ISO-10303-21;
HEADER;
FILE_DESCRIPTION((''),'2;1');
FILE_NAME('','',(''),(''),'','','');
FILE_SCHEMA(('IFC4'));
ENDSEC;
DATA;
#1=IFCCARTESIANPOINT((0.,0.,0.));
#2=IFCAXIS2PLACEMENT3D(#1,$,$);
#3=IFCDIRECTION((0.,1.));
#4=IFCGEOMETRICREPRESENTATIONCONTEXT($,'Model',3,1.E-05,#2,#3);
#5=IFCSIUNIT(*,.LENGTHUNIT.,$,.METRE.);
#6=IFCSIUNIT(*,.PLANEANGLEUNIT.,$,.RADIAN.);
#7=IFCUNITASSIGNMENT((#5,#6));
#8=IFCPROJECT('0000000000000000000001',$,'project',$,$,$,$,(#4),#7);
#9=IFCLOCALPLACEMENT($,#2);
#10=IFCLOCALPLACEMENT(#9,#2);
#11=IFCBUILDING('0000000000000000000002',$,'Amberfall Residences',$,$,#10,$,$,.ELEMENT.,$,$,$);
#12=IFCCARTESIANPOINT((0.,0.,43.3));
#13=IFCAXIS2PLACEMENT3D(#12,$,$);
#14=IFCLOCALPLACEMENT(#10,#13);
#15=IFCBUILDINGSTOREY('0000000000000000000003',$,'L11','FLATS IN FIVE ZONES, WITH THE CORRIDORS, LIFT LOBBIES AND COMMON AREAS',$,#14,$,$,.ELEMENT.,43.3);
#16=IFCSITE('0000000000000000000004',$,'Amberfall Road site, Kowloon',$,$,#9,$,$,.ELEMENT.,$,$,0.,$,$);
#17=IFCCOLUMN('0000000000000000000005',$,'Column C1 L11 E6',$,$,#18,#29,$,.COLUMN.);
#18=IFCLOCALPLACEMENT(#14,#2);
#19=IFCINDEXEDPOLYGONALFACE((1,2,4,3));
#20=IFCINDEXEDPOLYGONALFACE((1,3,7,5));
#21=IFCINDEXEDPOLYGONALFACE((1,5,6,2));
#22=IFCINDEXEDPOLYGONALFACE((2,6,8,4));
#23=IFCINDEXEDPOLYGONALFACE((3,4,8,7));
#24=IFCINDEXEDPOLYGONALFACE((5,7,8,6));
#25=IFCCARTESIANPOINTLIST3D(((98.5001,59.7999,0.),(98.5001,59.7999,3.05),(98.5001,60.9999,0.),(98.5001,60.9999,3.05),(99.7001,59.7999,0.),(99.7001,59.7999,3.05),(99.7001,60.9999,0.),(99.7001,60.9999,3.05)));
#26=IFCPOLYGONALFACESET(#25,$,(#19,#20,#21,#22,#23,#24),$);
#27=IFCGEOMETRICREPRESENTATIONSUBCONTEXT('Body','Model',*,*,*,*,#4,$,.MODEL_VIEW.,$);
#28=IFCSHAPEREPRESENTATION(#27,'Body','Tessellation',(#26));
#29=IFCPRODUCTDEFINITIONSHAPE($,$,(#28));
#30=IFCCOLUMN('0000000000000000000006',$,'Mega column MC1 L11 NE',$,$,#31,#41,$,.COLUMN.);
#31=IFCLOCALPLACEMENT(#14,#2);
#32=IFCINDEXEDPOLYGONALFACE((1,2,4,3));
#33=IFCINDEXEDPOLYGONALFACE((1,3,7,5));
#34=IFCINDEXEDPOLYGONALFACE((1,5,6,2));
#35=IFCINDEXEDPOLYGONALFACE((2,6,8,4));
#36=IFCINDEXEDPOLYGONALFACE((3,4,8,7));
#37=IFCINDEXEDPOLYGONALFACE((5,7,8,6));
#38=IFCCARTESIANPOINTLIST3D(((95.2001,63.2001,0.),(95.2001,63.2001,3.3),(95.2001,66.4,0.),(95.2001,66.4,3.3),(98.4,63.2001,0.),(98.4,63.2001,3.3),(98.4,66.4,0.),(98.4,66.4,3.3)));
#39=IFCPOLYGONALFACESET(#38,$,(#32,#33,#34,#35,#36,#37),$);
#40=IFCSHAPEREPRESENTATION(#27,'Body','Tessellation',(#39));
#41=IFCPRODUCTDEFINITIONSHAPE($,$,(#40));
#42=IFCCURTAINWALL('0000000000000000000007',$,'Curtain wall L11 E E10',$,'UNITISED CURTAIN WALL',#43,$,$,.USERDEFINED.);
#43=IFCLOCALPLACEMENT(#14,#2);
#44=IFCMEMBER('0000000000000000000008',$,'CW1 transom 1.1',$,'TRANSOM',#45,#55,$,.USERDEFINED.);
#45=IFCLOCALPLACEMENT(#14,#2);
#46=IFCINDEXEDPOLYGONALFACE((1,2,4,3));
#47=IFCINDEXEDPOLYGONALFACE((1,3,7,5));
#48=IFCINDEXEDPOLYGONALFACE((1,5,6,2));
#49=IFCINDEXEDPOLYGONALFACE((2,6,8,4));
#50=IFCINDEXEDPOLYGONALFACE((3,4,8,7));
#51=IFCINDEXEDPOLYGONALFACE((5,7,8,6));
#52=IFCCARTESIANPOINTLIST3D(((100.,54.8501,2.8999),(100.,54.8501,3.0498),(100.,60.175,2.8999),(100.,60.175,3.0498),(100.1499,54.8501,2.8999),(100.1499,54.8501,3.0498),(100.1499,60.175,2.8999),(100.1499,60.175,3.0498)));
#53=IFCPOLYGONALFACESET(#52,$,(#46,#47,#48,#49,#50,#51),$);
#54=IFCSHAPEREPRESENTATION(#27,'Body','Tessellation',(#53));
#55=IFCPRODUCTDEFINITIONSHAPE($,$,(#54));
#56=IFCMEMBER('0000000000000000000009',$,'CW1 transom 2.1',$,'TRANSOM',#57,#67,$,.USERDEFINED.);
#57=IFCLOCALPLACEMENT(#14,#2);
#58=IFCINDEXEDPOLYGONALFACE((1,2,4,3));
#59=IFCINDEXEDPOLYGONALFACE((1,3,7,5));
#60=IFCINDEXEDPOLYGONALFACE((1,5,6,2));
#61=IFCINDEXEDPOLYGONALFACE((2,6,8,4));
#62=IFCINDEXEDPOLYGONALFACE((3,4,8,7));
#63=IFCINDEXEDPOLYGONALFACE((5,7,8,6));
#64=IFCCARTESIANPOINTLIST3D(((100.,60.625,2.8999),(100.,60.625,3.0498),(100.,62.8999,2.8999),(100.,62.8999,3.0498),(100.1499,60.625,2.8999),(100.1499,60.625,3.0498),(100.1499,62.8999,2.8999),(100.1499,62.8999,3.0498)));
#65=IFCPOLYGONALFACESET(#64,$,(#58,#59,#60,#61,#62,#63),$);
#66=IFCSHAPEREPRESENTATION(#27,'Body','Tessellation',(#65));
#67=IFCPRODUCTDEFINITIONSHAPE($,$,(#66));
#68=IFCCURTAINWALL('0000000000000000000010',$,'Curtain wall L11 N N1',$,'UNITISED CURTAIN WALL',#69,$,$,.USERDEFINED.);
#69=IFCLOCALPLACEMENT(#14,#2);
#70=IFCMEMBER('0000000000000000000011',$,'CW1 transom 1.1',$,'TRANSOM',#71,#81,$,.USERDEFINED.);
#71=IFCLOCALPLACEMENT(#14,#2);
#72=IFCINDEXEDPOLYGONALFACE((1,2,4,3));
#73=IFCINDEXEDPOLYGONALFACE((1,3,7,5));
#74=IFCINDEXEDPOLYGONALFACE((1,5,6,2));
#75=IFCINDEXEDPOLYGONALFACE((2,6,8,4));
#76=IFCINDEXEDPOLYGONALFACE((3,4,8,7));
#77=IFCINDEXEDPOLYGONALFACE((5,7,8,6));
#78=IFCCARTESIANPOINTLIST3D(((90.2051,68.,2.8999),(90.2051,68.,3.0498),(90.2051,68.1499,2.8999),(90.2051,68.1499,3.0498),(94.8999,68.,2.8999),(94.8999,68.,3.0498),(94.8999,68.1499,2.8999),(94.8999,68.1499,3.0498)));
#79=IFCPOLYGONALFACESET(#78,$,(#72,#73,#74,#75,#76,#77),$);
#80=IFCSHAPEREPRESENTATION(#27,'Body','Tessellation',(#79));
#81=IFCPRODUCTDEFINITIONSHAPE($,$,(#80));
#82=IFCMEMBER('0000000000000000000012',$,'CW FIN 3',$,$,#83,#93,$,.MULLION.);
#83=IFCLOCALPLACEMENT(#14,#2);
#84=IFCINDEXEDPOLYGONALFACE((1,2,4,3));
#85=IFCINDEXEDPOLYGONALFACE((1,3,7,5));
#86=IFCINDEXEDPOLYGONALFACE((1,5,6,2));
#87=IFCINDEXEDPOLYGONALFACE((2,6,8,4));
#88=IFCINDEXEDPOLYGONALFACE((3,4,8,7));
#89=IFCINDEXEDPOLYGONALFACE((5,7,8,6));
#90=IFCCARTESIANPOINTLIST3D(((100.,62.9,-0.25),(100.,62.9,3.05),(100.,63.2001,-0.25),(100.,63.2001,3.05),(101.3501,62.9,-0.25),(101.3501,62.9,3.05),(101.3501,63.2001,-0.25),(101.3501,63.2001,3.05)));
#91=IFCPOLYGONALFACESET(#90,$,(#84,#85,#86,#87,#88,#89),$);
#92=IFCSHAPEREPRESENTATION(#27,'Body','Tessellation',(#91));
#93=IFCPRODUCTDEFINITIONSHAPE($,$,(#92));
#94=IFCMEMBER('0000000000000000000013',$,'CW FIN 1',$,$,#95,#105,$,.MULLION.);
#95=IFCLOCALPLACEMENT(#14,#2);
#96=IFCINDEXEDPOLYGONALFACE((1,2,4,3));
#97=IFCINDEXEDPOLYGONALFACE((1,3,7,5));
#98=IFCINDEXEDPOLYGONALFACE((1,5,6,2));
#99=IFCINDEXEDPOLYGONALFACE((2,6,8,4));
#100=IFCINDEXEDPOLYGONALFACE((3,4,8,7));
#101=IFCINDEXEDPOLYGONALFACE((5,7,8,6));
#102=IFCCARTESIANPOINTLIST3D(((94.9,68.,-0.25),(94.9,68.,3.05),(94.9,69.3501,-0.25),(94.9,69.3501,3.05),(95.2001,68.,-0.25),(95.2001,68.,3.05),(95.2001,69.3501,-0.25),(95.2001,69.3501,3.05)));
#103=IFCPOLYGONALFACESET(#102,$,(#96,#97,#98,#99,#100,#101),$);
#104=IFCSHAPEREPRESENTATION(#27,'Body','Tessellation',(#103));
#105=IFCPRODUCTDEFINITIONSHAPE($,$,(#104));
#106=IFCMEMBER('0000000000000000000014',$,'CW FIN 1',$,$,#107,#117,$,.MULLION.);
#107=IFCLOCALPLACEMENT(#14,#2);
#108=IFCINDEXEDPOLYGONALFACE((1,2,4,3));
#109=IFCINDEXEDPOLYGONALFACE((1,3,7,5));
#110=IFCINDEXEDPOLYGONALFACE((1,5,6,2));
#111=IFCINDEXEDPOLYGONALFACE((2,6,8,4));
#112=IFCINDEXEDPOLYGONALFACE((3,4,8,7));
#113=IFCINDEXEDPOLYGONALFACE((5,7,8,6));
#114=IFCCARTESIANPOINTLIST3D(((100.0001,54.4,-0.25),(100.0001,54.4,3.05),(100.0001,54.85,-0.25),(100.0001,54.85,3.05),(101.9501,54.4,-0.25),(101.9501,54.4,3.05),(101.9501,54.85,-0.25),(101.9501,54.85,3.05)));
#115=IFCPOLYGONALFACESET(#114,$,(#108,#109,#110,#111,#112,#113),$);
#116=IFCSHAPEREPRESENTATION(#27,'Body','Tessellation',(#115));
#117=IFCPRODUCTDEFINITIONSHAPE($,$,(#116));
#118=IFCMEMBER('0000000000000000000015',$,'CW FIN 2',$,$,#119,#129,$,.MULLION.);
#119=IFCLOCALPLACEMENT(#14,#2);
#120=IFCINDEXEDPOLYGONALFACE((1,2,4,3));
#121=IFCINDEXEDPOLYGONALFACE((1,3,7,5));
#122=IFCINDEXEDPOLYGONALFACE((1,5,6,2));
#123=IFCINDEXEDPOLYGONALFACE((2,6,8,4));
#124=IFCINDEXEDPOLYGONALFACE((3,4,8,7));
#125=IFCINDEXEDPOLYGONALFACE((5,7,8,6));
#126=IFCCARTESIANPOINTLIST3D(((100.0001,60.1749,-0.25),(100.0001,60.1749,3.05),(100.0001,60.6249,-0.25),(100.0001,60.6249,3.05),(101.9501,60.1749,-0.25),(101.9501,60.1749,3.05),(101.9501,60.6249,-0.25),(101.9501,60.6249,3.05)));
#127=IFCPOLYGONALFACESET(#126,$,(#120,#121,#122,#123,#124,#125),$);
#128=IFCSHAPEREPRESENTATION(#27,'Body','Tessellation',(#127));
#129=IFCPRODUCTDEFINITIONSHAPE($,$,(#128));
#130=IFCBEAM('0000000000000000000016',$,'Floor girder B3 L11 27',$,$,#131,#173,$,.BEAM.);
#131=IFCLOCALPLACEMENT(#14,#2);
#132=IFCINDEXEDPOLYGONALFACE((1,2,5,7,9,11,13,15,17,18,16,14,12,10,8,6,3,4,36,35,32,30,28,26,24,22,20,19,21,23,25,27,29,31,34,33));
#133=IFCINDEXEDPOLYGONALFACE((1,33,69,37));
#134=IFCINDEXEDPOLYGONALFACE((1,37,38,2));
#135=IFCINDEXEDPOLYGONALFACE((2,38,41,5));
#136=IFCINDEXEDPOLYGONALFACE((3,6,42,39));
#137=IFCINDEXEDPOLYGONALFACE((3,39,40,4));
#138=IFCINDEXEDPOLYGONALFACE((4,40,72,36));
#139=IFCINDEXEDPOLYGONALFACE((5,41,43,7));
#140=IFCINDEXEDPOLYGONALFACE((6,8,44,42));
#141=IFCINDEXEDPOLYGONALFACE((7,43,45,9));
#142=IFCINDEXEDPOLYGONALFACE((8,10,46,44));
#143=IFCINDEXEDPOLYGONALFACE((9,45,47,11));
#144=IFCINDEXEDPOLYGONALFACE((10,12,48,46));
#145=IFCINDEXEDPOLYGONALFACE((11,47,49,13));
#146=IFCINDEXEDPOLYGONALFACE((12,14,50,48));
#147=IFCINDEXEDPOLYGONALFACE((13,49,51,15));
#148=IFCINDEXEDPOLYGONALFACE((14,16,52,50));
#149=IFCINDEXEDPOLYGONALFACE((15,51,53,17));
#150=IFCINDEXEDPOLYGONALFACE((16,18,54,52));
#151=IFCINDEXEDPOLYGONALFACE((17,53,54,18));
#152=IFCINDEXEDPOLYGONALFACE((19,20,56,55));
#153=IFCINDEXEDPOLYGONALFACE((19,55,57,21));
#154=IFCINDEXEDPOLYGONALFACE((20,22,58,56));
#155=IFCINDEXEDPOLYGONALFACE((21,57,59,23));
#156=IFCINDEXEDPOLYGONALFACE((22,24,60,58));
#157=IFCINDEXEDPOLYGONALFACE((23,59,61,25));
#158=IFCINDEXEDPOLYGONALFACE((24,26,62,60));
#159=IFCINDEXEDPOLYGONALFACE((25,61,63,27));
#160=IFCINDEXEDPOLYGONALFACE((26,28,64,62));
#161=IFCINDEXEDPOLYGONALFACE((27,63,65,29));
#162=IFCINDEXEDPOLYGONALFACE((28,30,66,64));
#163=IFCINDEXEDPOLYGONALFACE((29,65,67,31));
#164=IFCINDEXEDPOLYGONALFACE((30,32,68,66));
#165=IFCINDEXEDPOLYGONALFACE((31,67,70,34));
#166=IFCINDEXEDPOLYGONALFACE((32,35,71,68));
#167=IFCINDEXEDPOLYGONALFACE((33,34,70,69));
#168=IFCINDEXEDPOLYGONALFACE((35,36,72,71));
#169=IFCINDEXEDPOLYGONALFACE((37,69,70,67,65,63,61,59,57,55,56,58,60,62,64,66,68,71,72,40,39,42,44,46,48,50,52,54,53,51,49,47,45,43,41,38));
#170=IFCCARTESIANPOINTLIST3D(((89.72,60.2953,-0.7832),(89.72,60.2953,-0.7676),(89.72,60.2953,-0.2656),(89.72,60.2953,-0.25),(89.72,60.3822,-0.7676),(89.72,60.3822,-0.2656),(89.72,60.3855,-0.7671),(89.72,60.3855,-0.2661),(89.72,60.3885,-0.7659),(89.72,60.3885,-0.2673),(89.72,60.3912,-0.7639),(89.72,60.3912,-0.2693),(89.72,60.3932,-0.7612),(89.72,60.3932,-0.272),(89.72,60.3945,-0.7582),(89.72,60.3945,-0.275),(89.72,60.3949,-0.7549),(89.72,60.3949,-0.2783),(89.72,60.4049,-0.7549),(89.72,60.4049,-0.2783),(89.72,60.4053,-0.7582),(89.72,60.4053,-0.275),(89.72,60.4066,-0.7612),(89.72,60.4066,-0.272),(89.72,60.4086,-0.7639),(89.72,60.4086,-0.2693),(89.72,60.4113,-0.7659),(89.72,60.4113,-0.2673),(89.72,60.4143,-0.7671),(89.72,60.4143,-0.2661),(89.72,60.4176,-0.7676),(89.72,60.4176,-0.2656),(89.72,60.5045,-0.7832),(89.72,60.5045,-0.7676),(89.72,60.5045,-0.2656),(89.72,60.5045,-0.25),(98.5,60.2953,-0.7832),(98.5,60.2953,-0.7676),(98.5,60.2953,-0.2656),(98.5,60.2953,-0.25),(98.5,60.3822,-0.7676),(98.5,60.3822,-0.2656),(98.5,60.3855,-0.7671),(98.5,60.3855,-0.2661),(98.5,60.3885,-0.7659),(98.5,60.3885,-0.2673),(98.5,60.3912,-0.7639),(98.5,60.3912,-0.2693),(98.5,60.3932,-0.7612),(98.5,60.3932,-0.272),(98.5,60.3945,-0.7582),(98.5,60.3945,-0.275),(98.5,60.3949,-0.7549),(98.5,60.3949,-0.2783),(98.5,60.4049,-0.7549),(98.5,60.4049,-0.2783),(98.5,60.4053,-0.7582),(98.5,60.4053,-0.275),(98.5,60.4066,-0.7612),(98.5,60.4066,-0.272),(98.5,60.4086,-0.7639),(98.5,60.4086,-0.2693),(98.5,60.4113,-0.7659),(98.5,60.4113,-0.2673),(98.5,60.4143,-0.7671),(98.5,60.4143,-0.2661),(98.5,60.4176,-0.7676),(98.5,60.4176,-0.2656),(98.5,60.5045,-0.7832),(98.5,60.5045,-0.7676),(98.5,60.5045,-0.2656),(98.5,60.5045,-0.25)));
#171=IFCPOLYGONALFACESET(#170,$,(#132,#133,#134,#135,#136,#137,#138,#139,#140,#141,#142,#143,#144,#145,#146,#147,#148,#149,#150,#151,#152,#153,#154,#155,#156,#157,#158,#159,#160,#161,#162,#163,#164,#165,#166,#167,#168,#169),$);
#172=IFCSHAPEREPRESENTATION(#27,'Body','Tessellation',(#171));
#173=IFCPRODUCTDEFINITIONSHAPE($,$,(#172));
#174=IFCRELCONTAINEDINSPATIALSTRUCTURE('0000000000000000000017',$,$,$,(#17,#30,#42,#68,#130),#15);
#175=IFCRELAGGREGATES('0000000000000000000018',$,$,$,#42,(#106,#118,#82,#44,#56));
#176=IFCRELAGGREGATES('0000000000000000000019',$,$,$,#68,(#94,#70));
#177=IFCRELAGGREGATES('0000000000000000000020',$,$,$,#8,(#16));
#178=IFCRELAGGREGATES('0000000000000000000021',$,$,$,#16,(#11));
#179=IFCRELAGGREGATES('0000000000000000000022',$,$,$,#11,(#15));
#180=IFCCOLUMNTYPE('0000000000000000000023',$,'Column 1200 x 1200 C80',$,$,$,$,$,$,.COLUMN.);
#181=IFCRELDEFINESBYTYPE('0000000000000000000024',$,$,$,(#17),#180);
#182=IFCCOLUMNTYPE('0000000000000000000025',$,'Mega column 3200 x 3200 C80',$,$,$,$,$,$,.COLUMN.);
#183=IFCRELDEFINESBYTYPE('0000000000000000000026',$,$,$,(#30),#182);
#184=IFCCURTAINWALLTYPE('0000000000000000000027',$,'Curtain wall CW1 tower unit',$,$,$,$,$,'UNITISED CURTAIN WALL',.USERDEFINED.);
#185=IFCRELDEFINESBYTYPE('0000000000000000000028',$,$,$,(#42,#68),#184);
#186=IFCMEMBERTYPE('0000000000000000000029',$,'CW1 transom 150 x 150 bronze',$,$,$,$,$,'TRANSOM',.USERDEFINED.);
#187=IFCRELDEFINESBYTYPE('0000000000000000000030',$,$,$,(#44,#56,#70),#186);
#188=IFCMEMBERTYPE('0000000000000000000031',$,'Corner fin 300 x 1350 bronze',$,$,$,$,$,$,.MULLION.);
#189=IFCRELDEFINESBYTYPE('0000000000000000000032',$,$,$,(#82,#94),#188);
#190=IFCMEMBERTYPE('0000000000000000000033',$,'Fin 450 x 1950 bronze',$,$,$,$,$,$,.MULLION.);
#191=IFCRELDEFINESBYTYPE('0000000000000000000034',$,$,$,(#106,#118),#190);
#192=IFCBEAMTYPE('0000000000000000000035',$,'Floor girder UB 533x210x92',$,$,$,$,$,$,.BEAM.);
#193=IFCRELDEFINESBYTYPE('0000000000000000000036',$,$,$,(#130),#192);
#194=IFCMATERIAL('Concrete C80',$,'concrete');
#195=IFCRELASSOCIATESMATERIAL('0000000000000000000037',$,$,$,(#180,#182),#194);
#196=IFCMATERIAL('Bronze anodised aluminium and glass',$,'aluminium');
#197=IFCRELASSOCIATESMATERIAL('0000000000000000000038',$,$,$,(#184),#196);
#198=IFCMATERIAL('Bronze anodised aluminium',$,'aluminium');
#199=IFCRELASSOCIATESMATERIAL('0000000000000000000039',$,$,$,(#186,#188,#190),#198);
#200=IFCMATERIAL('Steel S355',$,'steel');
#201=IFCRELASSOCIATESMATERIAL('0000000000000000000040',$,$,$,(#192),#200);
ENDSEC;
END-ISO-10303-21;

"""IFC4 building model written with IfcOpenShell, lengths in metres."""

from ifc_helpers import new_model, si_unit, direction, frame, origin, origin_2d, place, context, subcontext, project, spatial, rectangle, i_section, extrude, material, material_profile, profile_set, type_object, element, aggregate, save


model = new_model("IFC4")

# Units and contexts
model_context = context("Model", 3, precision=1e-05, world=origin(), true_north=direction((0.0, 1.0)))
body_context = subcontext(model_context, "Body", "Model", "MODEL_VIEW")
ifc_project = project(units=[si_unit("LENGTHUNIT", "METRE"), si_unit("PLANEANGLEUNIT", "RADIAN")], contexts=[model_context])

# Site, building, storey
site_placement = place(None, origin())
site = spatial("IfcSite", under=ifc_project, at=site_placement, Name="Amberfall Road site, Kowloon", CompositionType="ELEMENT", RefElevation=0.0)
building_placement = place(site_placement, origin())
building = spatial("IfcBuilding", under=site, at=building_placement, Name="Amberfall Residences", CompositionType="ELEMENT")
storey_placement = place(building_placement, frame((0.0, 0.0, 43.3)))
storey = spatial("IfcBuildingStorey", under=building, at=storey_placement, Name="L11", Description="FLATS IN FIVE ZONES, WITH THE CORRIDORS, LIFT LOBBIES AND COMMON AREAS", CompositionType="ELEMENT", Elevation=43.3)

# Columns
ifc_material_1 = material(Name="Concrete C80", Category="concrete")
ifc_material_profile_1 = material_profile(ifc_material_1, rectangle(XDim=1.2, YDim=1.2, at=origin_2d()), Name="Column 1200 x 1200 C80")
ifc_profile_set_1 = profile_set([ifc_material_profile_1], Name="Concrete C80")
column_type_1 = type_object("IfcColumnType", Name="Column 1200 x 1200 C80", PredefinedType="COLUMN", material=ifc_profile_set_1)
column_1_placement = place(storey_placement, frame((99.1001, 60.3999, 0.0), z_axis=(0.0, 0.0, 1.0), x_axis=(1.0, 0.0, 0.0)))
element("IfcColumn", 1, at=column_1_placement, inside=storey, type_object=column_type_1, Name="Column C1 L11 E6", PredefinedType="COLUMN", context=body_context, shape_type="SweptSolid", body=[
    extrude(rectangle(XDim=1.2, YDim=1.2, at=origin_2d()), origin(), (0.0, 0.0, 1.0), 3.05),
])
ifc_material_profile_2 = material_profile(ifc_material_1, rectangle(XDim=3.2, YDim=3.2, at=origin_2d()), Name="Mega column 3200 x 3200 C80")
ifc_profile_set_2 = profile_set([ifc_material_profile_2], Name="Concrete C80")
column_type_2 = type_object("IfcColumnType", Name="Mega column 3200 x 3200 C80", PredefinedType="COLUMN", material=ifc_profile_set_2)
column_2_placement = place(storey_placement, frame((96.8, 64.8, 0.0), z_axis=(0.0, 0.0, 1.0), x_axis=(1.0, 0.0, 0.0)))
element("IfcColumn", 2, at=column_2_placement, inside=storey, type_object=column_type_2, Name="Mega column MC1 L11 NE", PredefinedType="COLUMN", context=body_context, shape_type="SweptSolid", body=[
    extrude(rectangle(XDim=3.2, YDim=3.2, at=origin_2d()), origin(), (0.0, 0.0, 1.0), 3.3),
])

# Curtain wall, members
ifc_material_2 = material(Name="Bronze anodised aluminium and glass", Category="aluminium")
curtain_wall_type = type_object("IfcCurtainWallType", Name="Curtain wall CW1 tower unit", ElementType="UNITISED CURTAIN WALL", PredefinedType="USERDEFINED", material=ifc_material_2)
curtain_wall_1_placement = place(storey_placement, origin())
curtain_wall_1 = element("IfcCurtainWall", 3, at=curtain_wall_1_placement, inside=storey, type_object=curtain_wall_type, Name="Curtain wall L11 E E10", ObjectType="UNITISED CURTAIN WALL", PredefinedType="USERDEFINED")
ifc_material_3 = material(Name="Bronze anodised aluminium", Category="aluminium")
ifc_material_profile_3 = material_profile(ifc_material_3, rectangle(XDim=0.1499, YDim=0.1499, at=origin_2d()), Name="CW1 transom 150 x 150 bronze")
ifc_profile_set_3 = profile_set([ifc_material_profile_3], Name="Bronze anodised aluminium")
member_type_1 = type_object("IfcMemberType", Name="CW1 transom 150 x 150 bronze", ElementType="TRANSOM", PredefinedType="USERDEFINED", material=ifc_profile_set_3)
member_1_placement = place(storey_placement, frame((100.075, 54.8501, 2.9749), z_axis=(0.0, 1.0, 0.0), x_axis=(-1.0, 0.0, 0.0)))
member_1 = element("IfcMember", 4, at=member_1_placement, type_object=member_type_1, Name="CW1 transom 1.1", ObjectType="TRANSOM", PredefinedType="USERDEFINED", context=body_context, shape_type="SweptSolid", body=[
    extrude(rectangle(XDim=0.1499, YDim=0.1499, at=origin_2d()), origin(), (0.0, 0.0, 1.0), 5.325),
])
member_2_placement = place(storey_placement, frame((100.075, 60.625, 2.9749), z_axis=(0.0, 1.0, 0.0), x_axis=(-1.0, 0.0, 0.0)))
member_2 = element("IfcMember", 5, at=member_2_placement, type_object=member_type_1, Name="CW1 transom 2.1", ObjectType="TRANSOM", PredefinedType="USERDEFINED", context=body_context, shape_type="SweptSolid", body=[
    extrude(rectangle(XDim=0.1499, YDim=0.1499, at=origin_2d()), origin(), (0.0, 0.0, 1.0), 2.2749),
])

# Curtain wall, member
curtain_wall_2_placement = place(storey_placement, origin())
curtain_wall_2 = element("IfcCurtainWall", 6, at=curtain_wall_2_placement, inside=storey, type_object=curtain_wall_type, Name="Curtain wall L11 N N1", ObjectType="UNITISED CURTAIN WALL", PredefinedType="USERDEFINED")
member_3_placement = place(storey_placement, frame((94.8999, 68.075, 2.9749), z_axis=(-1.0, 0.0, 0.0), x_axis=(0.0, -1.0, 0.0)))
member_3 = element("IfcMember", 7, at=member_3_placement, type_object=member_type_1, Name="CW1 transom 1.1", ObjectType="TRANSOM", PredefinedType="USERDEFINED", context=body_context, shape_type="SweptSolid", body=[
    extrude(rectangle(XDim=0.1499, YDim=0.1499, at=origin_2d()), origin(), (0.0, 0.0, 1.0), 4.6948),
])

# Members
ifc_material_profile_4 = material_profile(ifc_material_3, rectangle(XDim=1.3501, YDim=0.3, at=origin_2d()), Name="Corner fin 300 x 1350 bronze")
ifc_profile_set_4 = profile_set([ifc_material_profile_4], Name="Bronze anodised aluminium")
member_type_2 = type_object("IfcMemberType", Name="Corner fin 300 x 1350 bronze", PredefinedType="MULLION", material=ifc_profile_set_4)
member_4_placement = place(storey_placement, frame((100.675, 63.05, -0.25), z_axis=(0.0, 0.0, 1.0), x_axis=(-1.0, 0.0, 0.0)))
member_4 = element("IfcMember", 8, at=member_4_placement, type_object=member_type_2, Name="CW FIN 3", PredefinedType="MULLION", context=body_context, shape_type="SweptSolid", body=[
    extrude(rectangle(XDim=1.3501, YDim=0.3, at=origin_2d()), origin(), (0.0, 0.0, 1.0), 3.3),
])
member_5_placement = place(storey_placement, frame((95.05, 68.675, -0.25), z_axis=(0.0, 0.0, 1.0), x_axis=(0.0, -1.0, 0.0)))
member_5 = element("IfcMember", 9, at=member_5_placement, type_object=member_type_2, Name="CW FIN 1", PredefinedType="MULLION", context=body_context, shape_type="SweptSolid", body=[
    extrude(rectangle(XDim=1.3501, YDim=0.3, at=origin_2d()), origin(), (0.0, 0.0, 1.0), 3.3),
])
ifc_material_profile_5 = material_profile(ifc_material_3, rectangle(XDim=1.95, YDim=0.45, at=origin_2d()), Name="Fin 450 x 1950 bronze")
ifc_profile_set_5 = profile_set([ifc_material_profile_5], Name="Bronze anodised aluminium")
member_type_3 = type_object("IfcMemberType", Name="Fin 450 x 1950 bronze", PredefinedType="MULLION", material=ifc_profile_set_5)
member_6_placement = place(storey_placement, frame((100.9751, 54.625, -0.25), z_axis=(0.0, 0.0, 1.0), x_axis=(-1.0, 0.0, 0.0)))
member_6 = element("IfcMember", 10, at=member_6_placement, type_object=member_type_3, Name="CW FIN 1", PredefinedType="MULLION", context=body_context, shape_type="SweptSolid", body=[
    extrude(rectangle(XDim=1.95, YDim=0.45, at=origin_2d()), origin(), (0.0, 0.0, 1.0), 3.3),
])
member_7_placement = place(storey_placement, frame((100.9751, 60.3999, -0.25), z_axis=(0.0, 0.0, 1.0), x_axis=(-1.0, 0.0, 0.0)))
member_7 = element("IfcMember", 11, at=member_7_placement, type_object=member_type_3, Name="CW FIN 2", PredefinedType="MULLION", context=body_context, shape_type="SweptSolid", body=[
    extrude(rectangle(XDim=1.95, YDim=0.45, at=origin_2d()), origin(), (0.0, 0.0, 1.0), 3.3),
])

# Beam
ifc_material_4 = material(Name="Steel S355", Category="steel")
ifc_material_profile_6 = material_profile(ifc_material_4, i_section(OverallWidth=0.2092, OverallDepth=0.5332, WebThickness=0.01, FlangeThickness=0.0156, FilletRadius=0.0127, at=origin_2d()), Name="UB 533x210x92")
ifc_profile_set_6 = profile_set([ifc_material_profile_6], Name="Steel S355")
beam_type_1 = type_object("IfcBeamType", Name="Floor girder UB 533x210x92", PredefinedType="BEAM", material=ifc_profile_set_6)
beam_1_placement = place(storey_placement, frame((98.5, 60.3999, -0.5166), z_axis=(-1.0, 0.0, 0.0), x_axis=(0.0, -1.0, 0.0)))
element("IfcBeam", 12, at=beam_1_placement, inside=storey, type_object=beam_type_1, Name="Floor girder B3 L11 27", PredefinedType="BEAM", context=body_context, shape_type="SweptSolid", body=[
    extrude(i_section(OverallWidth=0.2092, OverallDepth=0.5332, WebThickness=0.01, FlangeThickness=0.0156, FilletRadius=0.0127, at=origin_2d()), origin(), (0.0, 0.0, 1.0), 8.78),
])

aggregate(curtain_wall_1, [member_6, member_7, member_4, member_1, member_2])
aggregate(curtain_wall_2, [member_5, member_3])

save(model, "model.ifc")
